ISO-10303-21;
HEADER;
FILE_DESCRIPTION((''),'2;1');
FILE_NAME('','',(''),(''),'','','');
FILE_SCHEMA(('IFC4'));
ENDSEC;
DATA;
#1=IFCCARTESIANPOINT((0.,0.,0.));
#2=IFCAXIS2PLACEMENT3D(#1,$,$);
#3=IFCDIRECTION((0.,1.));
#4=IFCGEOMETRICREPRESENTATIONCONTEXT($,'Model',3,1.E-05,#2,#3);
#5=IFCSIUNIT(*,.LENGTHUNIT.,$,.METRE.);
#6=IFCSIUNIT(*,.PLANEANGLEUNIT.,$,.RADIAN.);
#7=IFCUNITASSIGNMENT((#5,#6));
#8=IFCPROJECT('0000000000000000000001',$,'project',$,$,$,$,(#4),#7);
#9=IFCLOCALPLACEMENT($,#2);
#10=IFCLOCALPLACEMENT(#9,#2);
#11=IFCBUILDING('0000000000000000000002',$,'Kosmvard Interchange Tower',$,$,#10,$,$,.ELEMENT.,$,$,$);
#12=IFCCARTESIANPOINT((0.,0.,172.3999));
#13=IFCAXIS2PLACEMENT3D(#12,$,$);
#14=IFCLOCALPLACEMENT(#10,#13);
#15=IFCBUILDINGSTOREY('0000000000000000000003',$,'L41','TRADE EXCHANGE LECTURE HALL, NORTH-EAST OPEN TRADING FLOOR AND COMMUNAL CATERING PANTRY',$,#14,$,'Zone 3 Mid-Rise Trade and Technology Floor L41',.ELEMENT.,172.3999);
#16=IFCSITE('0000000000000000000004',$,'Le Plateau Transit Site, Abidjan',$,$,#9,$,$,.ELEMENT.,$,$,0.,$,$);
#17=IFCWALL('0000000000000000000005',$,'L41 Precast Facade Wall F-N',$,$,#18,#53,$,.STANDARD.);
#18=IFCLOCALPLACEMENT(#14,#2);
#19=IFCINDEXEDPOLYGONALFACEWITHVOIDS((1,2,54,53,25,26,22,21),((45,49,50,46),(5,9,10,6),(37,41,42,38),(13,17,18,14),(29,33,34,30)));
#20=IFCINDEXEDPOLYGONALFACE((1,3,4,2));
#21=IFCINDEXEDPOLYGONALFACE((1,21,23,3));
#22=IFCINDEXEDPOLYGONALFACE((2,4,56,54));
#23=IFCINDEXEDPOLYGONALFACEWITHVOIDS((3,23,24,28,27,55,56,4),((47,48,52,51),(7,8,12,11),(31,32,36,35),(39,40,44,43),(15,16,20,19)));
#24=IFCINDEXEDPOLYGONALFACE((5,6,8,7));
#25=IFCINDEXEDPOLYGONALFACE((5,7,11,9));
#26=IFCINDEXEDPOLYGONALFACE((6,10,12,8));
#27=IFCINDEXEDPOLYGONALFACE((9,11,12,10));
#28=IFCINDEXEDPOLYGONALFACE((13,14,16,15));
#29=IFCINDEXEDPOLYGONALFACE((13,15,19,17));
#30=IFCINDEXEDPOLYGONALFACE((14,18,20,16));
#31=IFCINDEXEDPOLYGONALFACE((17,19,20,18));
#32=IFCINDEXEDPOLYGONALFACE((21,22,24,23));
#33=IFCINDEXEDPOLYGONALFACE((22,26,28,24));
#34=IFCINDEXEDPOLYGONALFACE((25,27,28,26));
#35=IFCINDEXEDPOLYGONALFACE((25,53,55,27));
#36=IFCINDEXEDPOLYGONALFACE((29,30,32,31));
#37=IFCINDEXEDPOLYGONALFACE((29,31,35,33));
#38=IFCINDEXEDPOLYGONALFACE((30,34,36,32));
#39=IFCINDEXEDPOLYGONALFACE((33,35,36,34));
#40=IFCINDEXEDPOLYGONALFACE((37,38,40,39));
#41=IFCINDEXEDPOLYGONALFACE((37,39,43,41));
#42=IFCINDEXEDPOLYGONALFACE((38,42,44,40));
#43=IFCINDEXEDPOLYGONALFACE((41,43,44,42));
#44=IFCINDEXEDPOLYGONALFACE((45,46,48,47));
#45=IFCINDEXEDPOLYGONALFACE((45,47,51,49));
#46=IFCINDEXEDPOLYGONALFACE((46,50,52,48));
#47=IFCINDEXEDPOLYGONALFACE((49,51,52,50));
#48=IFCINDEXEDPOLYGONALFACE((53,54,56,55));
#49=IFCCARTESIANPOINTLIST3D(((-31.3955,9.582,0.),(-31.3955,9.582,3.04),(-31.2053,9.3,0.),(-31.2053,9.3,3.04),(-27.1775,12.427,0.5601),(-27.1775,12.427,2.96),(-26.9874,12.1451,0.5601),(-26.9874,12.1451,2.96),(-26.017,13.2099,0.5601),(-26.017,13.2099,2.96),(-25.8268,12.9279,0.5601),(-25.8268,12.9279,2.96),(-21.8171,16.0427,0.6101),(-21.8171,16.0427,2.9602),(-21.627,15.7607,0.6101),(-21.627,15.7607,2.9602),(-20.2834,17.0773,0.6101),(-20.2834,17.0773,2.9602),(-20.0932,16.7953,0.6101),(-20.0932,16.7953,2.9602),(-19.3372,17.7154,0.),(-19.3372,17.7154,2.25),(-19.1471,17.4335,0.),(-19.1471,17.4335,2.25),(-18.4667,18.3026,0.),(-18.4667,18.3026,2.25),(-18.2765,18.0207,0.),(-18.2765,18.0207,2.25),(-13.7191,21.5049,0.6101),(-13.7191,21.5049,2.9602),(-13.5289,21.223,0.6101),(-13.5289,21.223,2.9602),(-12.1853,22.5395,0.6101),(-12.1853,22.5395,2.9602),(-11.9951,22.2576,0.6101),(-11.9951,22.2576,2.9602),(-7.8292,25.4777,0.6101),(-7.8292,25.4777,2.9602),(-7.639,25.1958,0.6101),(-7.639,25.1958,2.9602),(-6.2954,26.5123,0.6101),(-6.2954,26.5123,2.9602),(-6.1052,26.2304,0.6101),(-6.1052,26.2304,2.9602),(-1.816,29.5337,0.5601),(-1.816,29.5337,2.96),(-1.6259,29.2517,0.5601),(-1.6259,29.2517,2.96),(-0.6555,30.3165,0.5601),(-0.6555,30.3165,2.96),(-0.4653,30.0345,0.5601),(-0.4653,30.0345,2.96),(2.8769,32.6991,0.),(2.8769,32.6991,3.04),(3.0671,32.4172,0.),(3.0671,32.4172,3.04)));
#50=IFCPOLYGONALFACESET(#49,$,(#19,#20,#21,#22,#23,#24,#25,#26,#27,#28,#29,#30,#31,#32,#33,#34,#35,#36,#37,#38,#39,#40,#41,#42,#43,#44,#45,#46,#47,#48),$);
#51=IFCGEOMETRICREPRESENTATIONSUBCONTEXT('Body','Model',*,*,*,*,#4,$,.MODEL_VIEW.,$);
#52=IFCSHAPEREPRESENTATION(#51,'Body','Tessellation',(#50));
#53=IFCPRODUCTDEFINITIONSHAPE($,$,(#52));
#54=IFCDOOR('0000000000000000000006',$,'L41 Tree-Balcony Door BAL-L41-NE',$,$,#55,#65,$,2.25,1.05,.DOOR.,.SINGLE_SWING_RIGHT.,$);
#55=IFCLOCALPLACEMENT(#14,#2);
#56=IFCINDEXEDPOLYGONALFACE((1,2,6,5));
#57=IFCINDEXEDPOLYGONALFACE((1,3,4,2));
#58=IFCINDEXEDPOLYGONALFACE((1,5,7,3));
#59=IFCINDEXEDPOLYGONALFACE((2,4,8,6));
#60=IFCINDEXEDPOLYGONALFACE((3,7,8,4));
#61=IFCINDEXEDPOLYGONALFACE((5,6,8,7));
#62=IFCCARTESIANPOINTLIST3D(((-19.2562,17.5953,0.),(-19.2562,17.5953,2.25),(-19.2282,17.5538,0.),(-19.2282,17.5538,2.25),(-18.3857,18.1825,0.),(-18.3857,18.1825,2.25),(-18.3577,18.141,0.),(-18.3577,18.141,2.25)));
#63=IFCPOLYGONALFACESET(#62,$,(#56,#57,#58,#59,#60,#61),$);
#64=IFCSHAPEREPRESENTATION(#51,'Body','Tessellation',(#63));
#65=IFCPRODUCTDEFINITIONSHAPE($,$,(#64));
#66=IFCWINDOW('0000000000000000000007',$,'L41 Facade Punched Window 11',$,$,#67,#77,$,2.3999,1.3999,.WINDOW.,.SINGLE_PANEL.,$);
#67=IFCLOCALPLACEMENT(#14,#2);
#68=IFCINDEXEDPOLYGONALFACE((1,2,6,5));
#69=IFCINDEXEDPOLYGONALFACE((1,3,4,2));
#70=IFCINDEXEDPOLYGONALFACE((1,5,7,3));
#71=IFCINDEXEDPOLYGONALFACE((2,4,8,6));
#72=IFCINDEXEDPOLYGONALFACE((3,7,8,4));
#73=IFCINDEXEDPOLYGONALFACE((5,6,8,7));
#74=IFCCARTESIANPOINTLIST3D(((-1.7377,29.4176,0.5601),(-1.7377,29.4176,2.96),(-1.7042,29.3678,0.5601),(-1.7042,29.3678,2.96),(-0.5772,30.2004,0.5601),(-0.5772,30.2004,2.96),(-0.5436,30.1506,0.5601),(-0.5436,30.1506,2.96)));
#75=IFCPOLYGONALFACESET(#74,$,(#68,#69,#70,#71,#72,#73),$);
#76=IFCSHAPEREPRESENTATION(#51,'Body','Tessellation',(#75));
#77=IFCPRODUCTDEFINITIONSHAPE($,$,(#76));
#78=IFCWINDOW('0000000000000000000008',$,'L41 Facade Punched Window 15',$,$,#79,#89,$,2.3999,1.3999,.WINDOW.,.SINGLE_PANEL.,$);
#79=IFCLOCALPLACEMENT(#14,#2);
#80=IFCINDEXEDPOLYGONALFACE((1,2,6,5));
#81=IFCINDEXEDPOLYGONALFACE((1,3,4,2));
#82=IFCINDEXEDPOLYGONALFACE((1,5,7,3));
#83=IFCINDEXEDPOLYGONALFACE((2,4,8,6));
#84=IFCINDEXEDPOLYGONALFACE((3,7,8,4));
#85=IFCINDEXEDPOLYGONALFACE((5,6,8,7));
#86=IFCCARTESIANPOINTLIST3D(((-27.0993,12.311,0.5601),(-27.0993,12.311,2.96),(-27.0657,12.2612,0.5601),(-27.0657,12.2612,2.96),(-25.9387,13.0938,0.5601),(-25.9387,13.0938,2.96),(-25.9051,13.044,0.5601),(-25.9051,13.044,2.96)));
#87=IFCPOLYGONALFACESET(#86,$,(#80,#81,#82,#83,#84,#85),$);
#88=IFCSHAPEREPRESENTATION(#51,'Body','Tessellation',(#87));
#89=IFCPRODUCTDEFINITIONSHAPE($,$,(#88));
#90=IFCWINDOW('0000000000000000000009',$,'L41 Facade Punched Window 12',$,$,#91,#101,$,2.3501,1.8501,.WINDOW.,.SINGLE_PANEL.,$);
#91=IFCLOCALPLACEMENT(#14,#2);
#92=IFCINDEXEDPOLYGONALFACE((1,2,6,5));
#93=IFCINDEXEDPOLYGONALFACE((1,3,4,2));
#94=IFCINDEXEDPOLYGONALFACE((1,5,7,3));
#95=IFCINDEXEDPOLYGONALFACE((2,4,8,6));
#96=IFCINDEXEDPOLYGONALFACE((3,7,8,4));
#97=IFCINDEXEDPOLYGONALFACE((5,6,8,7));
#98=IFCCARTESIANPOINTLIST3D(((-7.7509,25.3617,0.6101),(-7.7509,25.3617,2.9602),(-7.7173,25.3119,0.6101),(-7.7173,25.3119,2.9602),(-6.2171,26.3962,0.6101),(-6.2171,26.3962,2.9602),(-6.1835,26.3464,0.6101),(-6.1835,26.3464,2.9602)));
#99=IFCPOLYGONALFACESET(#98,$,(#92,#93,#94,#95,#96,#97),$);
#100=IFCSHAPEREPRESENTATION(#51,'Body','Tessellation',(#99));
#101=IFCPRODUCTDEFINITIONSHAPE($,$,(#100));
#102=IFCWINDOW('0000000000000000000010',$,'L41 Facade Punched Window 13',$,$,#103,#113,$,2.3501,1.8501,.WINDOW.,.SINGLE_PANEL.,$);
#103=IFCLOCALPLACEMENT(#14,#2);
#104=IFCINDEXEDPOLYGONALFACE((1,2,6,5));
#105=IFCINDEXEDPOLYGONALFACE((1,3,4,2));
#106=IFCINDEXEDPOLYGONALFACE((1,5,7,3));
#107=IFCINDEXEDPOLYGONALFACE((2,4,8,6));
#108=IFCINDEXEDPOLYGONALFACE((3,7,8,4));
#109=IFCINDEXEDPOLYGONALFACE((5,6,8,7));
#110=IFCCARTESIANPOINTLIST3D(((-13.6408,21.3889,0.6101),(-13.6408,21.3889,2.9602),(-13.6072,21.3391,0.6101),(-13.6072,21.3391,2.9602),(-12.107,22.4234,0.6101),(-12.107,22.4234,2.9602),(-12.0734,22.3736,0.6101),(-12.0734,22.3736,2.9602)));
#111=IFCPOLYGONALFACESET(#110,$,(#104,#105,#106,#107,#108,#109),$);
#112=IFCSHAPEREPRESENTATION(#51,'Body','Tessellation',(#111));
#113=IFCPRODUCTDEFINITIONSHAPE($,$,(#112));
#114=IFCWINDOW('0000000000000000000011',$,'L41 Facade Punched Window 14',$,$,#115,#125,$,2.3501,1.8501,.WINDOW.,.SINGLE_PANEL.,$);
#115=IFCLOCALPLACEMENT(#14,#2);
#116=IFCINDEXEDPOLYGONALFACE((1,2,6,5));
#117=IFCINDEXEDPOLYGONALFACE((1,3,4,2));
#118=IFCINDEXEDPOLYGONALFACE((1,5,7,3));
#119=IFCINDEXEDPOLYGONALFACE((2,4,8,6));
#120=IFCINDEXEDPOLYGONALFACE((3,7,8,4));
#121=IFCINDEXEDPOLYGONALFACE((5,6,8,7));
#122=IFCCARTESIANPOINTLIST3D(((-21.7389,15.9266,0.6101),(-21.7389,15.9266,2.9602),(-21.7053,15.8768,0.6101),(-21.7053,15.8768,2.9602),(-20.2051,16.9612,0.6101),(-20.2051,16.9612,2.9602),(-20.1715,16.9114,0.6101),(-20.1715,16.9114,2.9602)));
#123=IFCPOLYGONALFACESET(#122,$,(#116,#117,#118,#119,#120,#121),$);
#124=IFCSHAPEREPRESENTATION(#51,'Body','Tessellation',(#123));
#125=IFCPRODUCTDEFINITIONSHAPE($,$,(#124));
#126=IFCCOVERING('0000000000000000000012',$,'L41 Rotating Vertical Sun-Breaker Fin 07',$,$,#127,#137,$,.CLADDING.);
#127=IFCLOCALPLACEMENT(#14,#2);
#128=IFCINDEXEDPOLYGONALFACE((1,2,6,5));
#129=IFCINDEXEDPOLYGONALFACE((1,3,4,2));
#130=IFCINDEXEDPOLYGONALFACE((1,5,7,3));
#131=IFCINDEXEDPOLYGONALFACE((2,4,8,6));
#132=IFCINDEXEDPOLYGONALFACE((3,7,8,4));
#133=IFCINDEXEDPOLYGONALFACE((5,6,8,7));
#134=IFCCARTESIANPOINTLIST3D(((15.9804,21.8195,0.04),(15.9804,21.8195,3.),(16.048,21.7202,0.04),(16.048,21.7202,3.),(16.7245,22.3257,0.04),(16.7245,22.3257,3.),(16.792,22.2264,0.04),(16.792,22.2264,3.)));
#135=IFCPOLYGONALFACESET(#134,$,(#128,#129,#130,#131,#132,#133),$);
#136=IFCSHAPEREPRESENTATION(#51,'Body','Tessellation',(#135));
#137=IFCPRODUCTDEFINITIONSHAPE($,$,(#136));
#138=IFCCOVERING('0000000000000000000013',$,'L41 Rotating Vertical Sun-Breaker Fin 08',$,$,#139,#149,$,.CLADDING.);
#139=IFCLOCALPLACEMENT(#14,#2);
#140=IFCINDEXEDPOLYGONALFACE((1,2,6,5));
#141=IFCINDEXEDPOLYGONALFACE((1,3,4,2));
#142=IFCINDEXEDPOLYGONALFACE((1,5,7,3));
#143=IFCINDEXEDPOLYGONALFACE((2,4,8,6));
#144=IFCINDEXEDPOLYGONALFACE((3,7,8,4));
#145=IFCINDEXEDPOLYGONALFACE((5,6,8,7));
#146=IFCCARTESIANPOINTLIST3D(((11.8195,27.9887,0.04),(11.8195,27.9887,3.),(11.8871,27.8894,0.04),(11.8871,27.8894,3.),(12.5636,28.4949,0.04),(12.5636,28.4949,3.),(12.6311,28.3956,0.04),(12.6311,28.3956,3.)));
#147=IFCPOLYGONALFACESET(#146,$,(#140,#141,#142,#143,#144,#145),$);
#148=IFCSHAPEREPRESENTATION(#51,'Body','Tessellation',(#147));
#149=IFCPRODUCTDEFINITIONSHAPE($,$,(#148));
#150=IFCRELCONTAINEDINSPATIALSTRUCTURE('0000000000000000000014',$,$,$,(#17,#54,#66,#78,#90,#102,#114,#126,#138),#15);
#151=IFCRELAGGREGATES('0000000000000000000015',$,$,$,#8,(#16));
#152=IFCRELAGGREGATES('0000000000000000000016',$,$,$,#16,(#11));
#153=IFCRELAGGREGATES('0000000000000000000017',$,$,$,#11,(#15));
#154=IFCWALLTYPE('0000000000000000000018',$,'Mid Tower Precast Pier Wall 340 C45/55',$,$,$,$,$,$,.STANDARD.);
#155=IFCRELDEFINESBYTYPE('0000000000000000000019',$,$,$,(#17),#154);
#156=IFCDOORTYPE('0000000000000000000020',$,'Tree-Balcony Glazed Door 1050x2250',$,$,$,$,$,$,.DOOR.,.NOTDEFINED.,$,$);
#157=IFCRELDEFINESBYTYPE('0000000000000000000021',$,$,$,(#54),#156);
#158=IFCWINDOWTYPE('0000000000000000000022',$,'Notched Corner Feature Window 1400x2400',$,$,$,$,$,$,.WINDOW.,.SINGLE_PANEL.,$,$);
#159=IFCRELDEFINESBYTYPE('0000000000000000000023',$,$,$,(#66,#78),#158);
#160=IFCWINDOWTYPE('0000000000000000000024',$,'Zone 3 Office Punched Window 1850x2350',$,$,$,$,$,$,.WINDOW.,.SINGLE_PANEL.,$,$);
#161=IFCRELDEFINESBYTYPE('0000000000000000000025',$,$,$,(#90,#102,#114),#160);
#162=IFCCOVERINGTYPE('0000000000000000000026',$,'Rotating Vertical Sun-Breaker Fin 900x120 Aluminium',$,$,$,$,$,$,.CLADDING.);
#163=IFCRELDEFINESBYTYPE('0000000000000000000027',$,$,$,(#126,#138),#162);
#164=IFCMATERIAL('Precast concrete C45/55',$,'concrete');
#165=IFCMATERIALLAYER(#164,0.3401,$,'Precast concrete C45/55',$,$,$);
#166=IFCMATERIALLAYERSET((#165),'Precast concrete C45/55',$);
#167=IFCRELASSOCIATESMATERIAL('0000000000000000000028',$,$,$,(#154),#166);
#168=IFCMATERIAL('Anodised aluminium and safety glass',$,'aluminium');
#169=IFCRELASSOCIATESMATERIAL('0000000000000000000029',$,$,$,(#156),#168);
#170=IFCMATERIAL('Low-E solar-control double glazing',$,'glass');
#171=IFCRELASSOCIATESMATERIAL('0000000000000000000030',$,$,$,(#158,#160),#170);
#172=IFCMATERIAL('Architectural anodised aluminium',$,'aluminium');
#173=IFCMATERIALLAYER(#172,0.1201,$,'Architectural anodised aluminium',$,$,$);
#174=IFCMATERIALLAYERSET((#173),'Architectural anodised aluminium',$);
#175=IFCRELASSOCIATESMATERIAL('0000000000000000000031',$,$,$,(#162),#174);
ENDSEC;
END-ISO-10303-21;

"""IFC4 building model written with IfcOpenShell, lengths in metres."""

from ifc_helpers import new_model, si_unit, direction, frame, frame_2d, origin, origin_2d, place, context, subcontext, project, spatial, rectangle, extrude, source, transform, mapped, material, layer, layer_set, type_object, element, fill, save


model = new_model("IFC4")

# Units and contexts
model_context = context("Model", 3, precision=1e-05, world=origin(), true_north=direction((0.0, 1.0)))
body_context = subcontext(model_context, "Body", "Model", "MODEL_VIEW")
ifc_project = project(units=[si_unit("LENGTHUNIT", "METRE"), si_unit("PLANEANGLEUNIT", "RADIAN")], contexts=[model_context])

# Site, building, storey
site_placement = place(None, origin())
site = spatial("IfcSite", under=ifc_project, at=site_placement, Name="Le Plateau Transit Site, Abidjan", CompositionType="ELEMENT", RefElevation=0.0)
building_placement = place(site_placement, origin())
building = spatial("IfcBuilding", under=site, at=building_placement, Name="Kosmvard Interchange Tower", CompositionType="ELEMENT")
storey_placement = place(building_placement, frame((0.0, 0.0, 172.3999)))
storey = spatial("IfcBuildingStorey", under=building, at=storey_placement, Name="L41", Description="TRADE EXCHANGE LECTURE HALL, NORTH-EAST OPEN TRADING FLOOR AND COMMUNAL CATERING PANTRY", LongName="Zone 3 Mid-Rise Trade and Technology Floor L41", CompositionType="ELEMENT", Elevation=172.3999)

# Shared definitions
ifc_material_1 = material(Name="Precast concrete C45/55", Category="concrete")

# Shared definitions
ifc_layer_1 = layer(ifc_material_1, 0.3401, Name="Precast concrete C45/55")
ifc_layer_set_1 = layer_set([ifc_layer_1], Name="Precast concrete C45/55")
wall_type_1 = type_object("IfcWallType", Name="Mid Tower Precast Pier Wall 340 C45/55", PredefinedType="STANDARD", material=ifc_layer_set_1)

# Wall, openings, door, windows
wall_1_placement = place(storey_placement, frame((2.9719, 32.5581, 0.0), z_axis=(0.0, 0.0, 1.0), x_axis=(-0.829036, -0.559195, 0.0)))
wall_1 = element("IfcWall", 1, at=wall_1_placement, inside=storey, type_object=wall_type_1, Name="L41 Precast Facade Wall F-N", PredefinedType="STANDARD", context=body_context, shape_type="SweptSolid", body=[
    extrude(rectangle(XDim=41.3401, YDim=0.3401, at=frame_2d((20.6699, 0.0))), origin(), (0.0, 0.0, 1.0), 3.04),
])
opening_1_placement = place(wall_1_placement, frame((25.7451, 0.0, 0.0)))
opening_1 = element("IfcOpeningElement", 2, at=opening_1_placement, cuts=wall_1, PredefinedType="OPENING", context=body_context, shape_type="SweptSolid", body=[
    extrude(rectangle(XDim=1.05, YDim=2.25, at=frame_2d((0.5249, 1.125))), frame((0.0, 0.1802, 0.0), z_axis=(0.0, -1.0, 0.0), x_axis=(1.0, 0.0, 0.0)), (0.0, 0.0, 1.0), 0.3601),
])
opening_2_placement = place(wall_1_placement, frame((4.2607, 0.0, 0.5601)))
opening_2 = element("IfcOpeningElement", 3, at=opening_2_placement, cuts=wall_1, PredefinedType="OPENING", context=body_context, shape_type="SweptSolid", body=[
    extrude(rectangle(XDim=1.3999, YDim=2.3999, at=frame_2d((0.7, 1.2))), frame((0.0, 0.1802, 0.0), z_axis=(0.0, -1.0, 0.0), x_axis=(1.0, 0.0, 0.0)), (0.0, 0.0, 1.0), 0.3601),
])
opening_3_placement = place(wall_1_placement, frame((11.0637, 0.0, 0.6101)))
opening_3 = element("IfcOpeningElement", 4, at=opening_3_placement, cuts=wall_1, PredefinedType="OPENING", context=body_context, shape_type="SweptSolid", body=[
    extrude(rectangle(XDim=1.8501, YDim=2.3501, at=frame_2d((0.925, 1.175))), frame((0.0, 0.1802, 0.0), z_axis=(0.0, -1.0, 0.0), x_axis=(1.0, 0.0, 0.0)), (0.0, 0.0, 1.0), 0.3601),
])
opening_4_placement = place(wall_1_placement, frame((18.1682, 0.0, 0.6101)))
opening_4 = element("IfcOpeningElement", 5, at=opening_4_placement, cuts=wall_1, PredefinedType="OPENING", context=body_context, shape_type="SweptSolid", body=[
    extrude(rectangle(XDim=1.8501, YDim=2.3501, at=frame_2d((0.925, 1.175))), frame((0.0, 0.1802, 0.0), z_axis=(0.0, -1.0, 0.0), x_axis=(1.0, 0.0, 0.0)), (0.0, 0.0, 1.0), 0.3601),
])
opening_5_placement = place(wall_1_placement, frame((27.9363, 0.0, 0.6101)))
opening_5 = element("IfcOpeningElement", 6, at=opening_5_placement, cuts=wall_1, PredefinedType="OPENING", context=body_context, shape_type="SweptSolid", body=[
    extrude(rectangle(XDim=1.8501, YDim=2.3501, at=frame_2d((0.925, 1.175))), frame((0.0, 0.1802, 0.0), z_axis=(0.0, -1.0, 0.0), x_axis=(1.0, 0.0, 0.0)), (0.0, 0.0, 1.0), 0.3601),
])
opening_6_placement = place(wall_1_placement, frame((34.8523, 0.0, 0.5601)))
opening_6 = element("IfcOpeningElement", 7, at=opening_6_placement, cuts=wall_1, PredefinedType="OPENING", context=body_context, shape_type="SweptSolid", body=[
    extrude(rectangle(XDim=1.3999, YDim=2.3999, at=frame_2d((0.7, 1.2))), frame((0.0, 0.1802, 0.0), z_axis=(0.0, -1.0, 0.0), x_axis=(1.0, 0.0, 0.0)), (0.0, 0.0, 1.0), 0.3601),
])
ifc_material_2 = material(Name="Anodised aluminium and safety glass", Category="aluminium")
door_type = type_object("IfcDoorType", Name="Tree-Balcony Glazed Door 1050x2250", OperationType="NOTDEFINED", PredefinedType="DOOR", material=ifc_material_2)
shared_shape_1 = source(origin(), body_context, "Body", "SweptSolid", [
    extrude(rectangle(XDim=1.05, YDim=2.25, at=frame_2d((0.5249, 1.125))), frame((0.0, 0.0249, 0.0), z_axis=(0.0, -1.0, 0.0), x_axis=(1.0, 0.0, 0.0)), (0.0, 0.0, 1.0), 0.05),
])
door_placement = place(opening_1_placement, origin())
door = element("IfcDoor", 8, at=door_placement, inside=storey, type_object=door_type, Name="L41 Tree-Balcony Door BAL-L41-NE", OperationType="SINGLE_SWING_RIGHT", OverallHeight=2.25, OverallWidth=1.05, PredefinedType="DOOR", context=body_context, shape_type="MappedRepresentation", body=[
    mapped(shared_shape_1, transform((0.0, 0.0, 0.0), scale=1.0)),
])
fill(opening_1, door)
ifc_material_3 = material(Name="Low-E solar-control double glazing", Category="glass")
window_type_1 = type_object("IfcWindowType", Name="Notched Corner Feature Window 1400x2400", PartitioningType="SINGLE_PANEL", PredefinedType="WINDOW", material=ifc_material_3)
shared_shape_2 = source(origin(), body_context, "Body", "SweptSolid", [
    extrude(rectangle(XDim=1.3999, YDim=2.3999, at=frame_2d((0.7, 1.2))), frame((0.0, 0.03, 0.0), z_axis=(0.0, -1.0, 0.0), x_axis=(1.0, 0.0, 0.0)), (0.0, 0.0, 1.0), 0.0601),
])
window_1_placement = place(opening_2_placement, origin())
window_1 = element("IfcWindow", 9, at=window_1_placement, inside=storey, type_object=window_type_1, Name="L41 Facade Punched Window 11", OverallHeight=2.3999, OverallWidth=1.3999, PartitioningType="SINGLE_PANEL", PredefinedType="WINDOW", context=body_context, shape_type="MappedRepresentation", body=[
    mapped(shared_shape_2, transform((0.0, 0.0, 0.0), scale=1.0)),
])
fill(opening_2, window_1)
window_2_placement = place(opening_6_placement, origin())
window_2 = element("IfcWindow", 10, at=window_2_placement, inside=storey, type_object=window_type_1, Name="L41 Facade Punched Window 15", OverallHeight=2.3999, OverallWidth=1.3999, PartitioningType="SINGLE_PANEL", PredefinedType="WINDOW", context=body_context, shape_type="MappedRepresentation", body=[
    mapped(shared_shape_2, transform((0.0, 0.0, 0.0), scale=1.0)),
])
fill(opening_6, window_2)
window_type_2 = type_object("IfcWindowType", Name="Zone 3 Office Punched Window 1850x2350", PartitioningType="SINGLE_PANEL", PredefinedType="WINDOW", material=ifc_material_3)
shared_shape_3 = source(origin(), body_context, "Body", "SweptSolid", [
    extrude(rectangle(XDim=1.8501, YDim=2.3501, at=frame_2d((0.925, 1.175))), frame((0.0, 0.03, 0.0), z_axis=(0.0, -1.0, 0.0), x_axis=(1.0, 0.0, 0.0)), (0.0, 0.0, 1.0), 0.0601),
])
window_3_placement = place(opening_3_placement, origin())
window_3 = element("IfcWindow", 11, at=window_3_placement, inside=storey, type_object=window_type_2, Name="L41 Facade Punched Window 12", OverallHeight=2.3501, OverallWidth=1.8501, PartitioningType="SINGLE_PANEL", PredefinedType="WINDOW", context=body_context, shape_type="MappedRepresentation", body=[
    mapped(shared_shape_3, transform((0.0, 0.0, 0.0), scale=1.0)),
])
fill(opening_3, window_3)
window_4_placement = place(opening_4_placement, origin())
window_4 = element("IfcWindow", 12, at=window_4_placement, inside=storey, type_object=window_type_2, Name="L41 Facade Punched Window 13", OverallHeight=2.3501, OverallWidth=1.8501, PartitioningType="SINGLE_PANEL", PredefinedType="WINDOW", context=body_context, shape_type="MappedRepresentation", body=[
    mapped(shared_shape_3, transform((0.0, 0.0, 0.0), scale=1.0)),
])
fill(opening_4, window_4)
window_5_placement = place(opening_5_placement, origin())
window_5 = element("IfcWindow", 13, at=window_5_placement, inside=storey, type_object=window_type_2, Name="L41 Facade Punched Window 14", OverallHeight=2.3501, OverallWidth=1.8501, PartitioningType="SINGLE_PANEL", PredefinedType="WINDOW", context=body_context, shape_type="MappedRepresentation", body=[
    mapped(shared_shape_3, transform((0.0, 0.0, 0.0), scale=1.0)),
])
fill(opening_5, window_5)

# Coverings
ifc_material_4 = material(Name="Architectural anodised aluminium", Category="aluminium")
ifc_layer_2 = layer(ifc_material_4, 0.1201, Name="Architectural anodised aluminium")
ifc_layer_set_2 = layer_set([ifc_layer_2], Name="Architectural anodised aluminium")
covering_type = type_object("IfcCoveringType", Name="Rotating Vertical Sun-Breaker Fin 900x120 Aluminium", PredefinedType="CLADDING", material=ifc_layer_set_2)
shared_shape_4 = source(origin(), body_context, "Body", "SweptSolid", [
    extrude(rectangle(XDim=0.8999, YDim=0.1201, at=origin_2d()), origin(), (0.0, 0.0, 1.0), 2.96),
])
for number, where, z_axis, x_axis, name in (
    (14, (16.3862, 22.0229, 0.04), (0.0, 0.0, 1.0), (0.826786, 0.562516, 0.0), "L41 Rotating Vertical Sun-Breaker Fin 07"),
    (15, (12.2253, 28.1921, 0.04), (0.0, 0.0, 1.0), (0.826786, 0.562516, 0.0), "L41 Rotating Vertical Sun-Breaker Fin 08"),
):
    element("IfcCovering", number, at=place(storey_placement, frame(where, z_axis=z_axis, x_axis=x_axis)), inside=storey, type_object=covering_type, Name=name, PredefinedType="CLADDING", context=body_context, shape_type="MappedRepresentation", body=[
        mapped(shared_shape_4, transform((0.0, 0.0, 0.0), scale=1.0)),
    ])

save(model, "model.ifc")
